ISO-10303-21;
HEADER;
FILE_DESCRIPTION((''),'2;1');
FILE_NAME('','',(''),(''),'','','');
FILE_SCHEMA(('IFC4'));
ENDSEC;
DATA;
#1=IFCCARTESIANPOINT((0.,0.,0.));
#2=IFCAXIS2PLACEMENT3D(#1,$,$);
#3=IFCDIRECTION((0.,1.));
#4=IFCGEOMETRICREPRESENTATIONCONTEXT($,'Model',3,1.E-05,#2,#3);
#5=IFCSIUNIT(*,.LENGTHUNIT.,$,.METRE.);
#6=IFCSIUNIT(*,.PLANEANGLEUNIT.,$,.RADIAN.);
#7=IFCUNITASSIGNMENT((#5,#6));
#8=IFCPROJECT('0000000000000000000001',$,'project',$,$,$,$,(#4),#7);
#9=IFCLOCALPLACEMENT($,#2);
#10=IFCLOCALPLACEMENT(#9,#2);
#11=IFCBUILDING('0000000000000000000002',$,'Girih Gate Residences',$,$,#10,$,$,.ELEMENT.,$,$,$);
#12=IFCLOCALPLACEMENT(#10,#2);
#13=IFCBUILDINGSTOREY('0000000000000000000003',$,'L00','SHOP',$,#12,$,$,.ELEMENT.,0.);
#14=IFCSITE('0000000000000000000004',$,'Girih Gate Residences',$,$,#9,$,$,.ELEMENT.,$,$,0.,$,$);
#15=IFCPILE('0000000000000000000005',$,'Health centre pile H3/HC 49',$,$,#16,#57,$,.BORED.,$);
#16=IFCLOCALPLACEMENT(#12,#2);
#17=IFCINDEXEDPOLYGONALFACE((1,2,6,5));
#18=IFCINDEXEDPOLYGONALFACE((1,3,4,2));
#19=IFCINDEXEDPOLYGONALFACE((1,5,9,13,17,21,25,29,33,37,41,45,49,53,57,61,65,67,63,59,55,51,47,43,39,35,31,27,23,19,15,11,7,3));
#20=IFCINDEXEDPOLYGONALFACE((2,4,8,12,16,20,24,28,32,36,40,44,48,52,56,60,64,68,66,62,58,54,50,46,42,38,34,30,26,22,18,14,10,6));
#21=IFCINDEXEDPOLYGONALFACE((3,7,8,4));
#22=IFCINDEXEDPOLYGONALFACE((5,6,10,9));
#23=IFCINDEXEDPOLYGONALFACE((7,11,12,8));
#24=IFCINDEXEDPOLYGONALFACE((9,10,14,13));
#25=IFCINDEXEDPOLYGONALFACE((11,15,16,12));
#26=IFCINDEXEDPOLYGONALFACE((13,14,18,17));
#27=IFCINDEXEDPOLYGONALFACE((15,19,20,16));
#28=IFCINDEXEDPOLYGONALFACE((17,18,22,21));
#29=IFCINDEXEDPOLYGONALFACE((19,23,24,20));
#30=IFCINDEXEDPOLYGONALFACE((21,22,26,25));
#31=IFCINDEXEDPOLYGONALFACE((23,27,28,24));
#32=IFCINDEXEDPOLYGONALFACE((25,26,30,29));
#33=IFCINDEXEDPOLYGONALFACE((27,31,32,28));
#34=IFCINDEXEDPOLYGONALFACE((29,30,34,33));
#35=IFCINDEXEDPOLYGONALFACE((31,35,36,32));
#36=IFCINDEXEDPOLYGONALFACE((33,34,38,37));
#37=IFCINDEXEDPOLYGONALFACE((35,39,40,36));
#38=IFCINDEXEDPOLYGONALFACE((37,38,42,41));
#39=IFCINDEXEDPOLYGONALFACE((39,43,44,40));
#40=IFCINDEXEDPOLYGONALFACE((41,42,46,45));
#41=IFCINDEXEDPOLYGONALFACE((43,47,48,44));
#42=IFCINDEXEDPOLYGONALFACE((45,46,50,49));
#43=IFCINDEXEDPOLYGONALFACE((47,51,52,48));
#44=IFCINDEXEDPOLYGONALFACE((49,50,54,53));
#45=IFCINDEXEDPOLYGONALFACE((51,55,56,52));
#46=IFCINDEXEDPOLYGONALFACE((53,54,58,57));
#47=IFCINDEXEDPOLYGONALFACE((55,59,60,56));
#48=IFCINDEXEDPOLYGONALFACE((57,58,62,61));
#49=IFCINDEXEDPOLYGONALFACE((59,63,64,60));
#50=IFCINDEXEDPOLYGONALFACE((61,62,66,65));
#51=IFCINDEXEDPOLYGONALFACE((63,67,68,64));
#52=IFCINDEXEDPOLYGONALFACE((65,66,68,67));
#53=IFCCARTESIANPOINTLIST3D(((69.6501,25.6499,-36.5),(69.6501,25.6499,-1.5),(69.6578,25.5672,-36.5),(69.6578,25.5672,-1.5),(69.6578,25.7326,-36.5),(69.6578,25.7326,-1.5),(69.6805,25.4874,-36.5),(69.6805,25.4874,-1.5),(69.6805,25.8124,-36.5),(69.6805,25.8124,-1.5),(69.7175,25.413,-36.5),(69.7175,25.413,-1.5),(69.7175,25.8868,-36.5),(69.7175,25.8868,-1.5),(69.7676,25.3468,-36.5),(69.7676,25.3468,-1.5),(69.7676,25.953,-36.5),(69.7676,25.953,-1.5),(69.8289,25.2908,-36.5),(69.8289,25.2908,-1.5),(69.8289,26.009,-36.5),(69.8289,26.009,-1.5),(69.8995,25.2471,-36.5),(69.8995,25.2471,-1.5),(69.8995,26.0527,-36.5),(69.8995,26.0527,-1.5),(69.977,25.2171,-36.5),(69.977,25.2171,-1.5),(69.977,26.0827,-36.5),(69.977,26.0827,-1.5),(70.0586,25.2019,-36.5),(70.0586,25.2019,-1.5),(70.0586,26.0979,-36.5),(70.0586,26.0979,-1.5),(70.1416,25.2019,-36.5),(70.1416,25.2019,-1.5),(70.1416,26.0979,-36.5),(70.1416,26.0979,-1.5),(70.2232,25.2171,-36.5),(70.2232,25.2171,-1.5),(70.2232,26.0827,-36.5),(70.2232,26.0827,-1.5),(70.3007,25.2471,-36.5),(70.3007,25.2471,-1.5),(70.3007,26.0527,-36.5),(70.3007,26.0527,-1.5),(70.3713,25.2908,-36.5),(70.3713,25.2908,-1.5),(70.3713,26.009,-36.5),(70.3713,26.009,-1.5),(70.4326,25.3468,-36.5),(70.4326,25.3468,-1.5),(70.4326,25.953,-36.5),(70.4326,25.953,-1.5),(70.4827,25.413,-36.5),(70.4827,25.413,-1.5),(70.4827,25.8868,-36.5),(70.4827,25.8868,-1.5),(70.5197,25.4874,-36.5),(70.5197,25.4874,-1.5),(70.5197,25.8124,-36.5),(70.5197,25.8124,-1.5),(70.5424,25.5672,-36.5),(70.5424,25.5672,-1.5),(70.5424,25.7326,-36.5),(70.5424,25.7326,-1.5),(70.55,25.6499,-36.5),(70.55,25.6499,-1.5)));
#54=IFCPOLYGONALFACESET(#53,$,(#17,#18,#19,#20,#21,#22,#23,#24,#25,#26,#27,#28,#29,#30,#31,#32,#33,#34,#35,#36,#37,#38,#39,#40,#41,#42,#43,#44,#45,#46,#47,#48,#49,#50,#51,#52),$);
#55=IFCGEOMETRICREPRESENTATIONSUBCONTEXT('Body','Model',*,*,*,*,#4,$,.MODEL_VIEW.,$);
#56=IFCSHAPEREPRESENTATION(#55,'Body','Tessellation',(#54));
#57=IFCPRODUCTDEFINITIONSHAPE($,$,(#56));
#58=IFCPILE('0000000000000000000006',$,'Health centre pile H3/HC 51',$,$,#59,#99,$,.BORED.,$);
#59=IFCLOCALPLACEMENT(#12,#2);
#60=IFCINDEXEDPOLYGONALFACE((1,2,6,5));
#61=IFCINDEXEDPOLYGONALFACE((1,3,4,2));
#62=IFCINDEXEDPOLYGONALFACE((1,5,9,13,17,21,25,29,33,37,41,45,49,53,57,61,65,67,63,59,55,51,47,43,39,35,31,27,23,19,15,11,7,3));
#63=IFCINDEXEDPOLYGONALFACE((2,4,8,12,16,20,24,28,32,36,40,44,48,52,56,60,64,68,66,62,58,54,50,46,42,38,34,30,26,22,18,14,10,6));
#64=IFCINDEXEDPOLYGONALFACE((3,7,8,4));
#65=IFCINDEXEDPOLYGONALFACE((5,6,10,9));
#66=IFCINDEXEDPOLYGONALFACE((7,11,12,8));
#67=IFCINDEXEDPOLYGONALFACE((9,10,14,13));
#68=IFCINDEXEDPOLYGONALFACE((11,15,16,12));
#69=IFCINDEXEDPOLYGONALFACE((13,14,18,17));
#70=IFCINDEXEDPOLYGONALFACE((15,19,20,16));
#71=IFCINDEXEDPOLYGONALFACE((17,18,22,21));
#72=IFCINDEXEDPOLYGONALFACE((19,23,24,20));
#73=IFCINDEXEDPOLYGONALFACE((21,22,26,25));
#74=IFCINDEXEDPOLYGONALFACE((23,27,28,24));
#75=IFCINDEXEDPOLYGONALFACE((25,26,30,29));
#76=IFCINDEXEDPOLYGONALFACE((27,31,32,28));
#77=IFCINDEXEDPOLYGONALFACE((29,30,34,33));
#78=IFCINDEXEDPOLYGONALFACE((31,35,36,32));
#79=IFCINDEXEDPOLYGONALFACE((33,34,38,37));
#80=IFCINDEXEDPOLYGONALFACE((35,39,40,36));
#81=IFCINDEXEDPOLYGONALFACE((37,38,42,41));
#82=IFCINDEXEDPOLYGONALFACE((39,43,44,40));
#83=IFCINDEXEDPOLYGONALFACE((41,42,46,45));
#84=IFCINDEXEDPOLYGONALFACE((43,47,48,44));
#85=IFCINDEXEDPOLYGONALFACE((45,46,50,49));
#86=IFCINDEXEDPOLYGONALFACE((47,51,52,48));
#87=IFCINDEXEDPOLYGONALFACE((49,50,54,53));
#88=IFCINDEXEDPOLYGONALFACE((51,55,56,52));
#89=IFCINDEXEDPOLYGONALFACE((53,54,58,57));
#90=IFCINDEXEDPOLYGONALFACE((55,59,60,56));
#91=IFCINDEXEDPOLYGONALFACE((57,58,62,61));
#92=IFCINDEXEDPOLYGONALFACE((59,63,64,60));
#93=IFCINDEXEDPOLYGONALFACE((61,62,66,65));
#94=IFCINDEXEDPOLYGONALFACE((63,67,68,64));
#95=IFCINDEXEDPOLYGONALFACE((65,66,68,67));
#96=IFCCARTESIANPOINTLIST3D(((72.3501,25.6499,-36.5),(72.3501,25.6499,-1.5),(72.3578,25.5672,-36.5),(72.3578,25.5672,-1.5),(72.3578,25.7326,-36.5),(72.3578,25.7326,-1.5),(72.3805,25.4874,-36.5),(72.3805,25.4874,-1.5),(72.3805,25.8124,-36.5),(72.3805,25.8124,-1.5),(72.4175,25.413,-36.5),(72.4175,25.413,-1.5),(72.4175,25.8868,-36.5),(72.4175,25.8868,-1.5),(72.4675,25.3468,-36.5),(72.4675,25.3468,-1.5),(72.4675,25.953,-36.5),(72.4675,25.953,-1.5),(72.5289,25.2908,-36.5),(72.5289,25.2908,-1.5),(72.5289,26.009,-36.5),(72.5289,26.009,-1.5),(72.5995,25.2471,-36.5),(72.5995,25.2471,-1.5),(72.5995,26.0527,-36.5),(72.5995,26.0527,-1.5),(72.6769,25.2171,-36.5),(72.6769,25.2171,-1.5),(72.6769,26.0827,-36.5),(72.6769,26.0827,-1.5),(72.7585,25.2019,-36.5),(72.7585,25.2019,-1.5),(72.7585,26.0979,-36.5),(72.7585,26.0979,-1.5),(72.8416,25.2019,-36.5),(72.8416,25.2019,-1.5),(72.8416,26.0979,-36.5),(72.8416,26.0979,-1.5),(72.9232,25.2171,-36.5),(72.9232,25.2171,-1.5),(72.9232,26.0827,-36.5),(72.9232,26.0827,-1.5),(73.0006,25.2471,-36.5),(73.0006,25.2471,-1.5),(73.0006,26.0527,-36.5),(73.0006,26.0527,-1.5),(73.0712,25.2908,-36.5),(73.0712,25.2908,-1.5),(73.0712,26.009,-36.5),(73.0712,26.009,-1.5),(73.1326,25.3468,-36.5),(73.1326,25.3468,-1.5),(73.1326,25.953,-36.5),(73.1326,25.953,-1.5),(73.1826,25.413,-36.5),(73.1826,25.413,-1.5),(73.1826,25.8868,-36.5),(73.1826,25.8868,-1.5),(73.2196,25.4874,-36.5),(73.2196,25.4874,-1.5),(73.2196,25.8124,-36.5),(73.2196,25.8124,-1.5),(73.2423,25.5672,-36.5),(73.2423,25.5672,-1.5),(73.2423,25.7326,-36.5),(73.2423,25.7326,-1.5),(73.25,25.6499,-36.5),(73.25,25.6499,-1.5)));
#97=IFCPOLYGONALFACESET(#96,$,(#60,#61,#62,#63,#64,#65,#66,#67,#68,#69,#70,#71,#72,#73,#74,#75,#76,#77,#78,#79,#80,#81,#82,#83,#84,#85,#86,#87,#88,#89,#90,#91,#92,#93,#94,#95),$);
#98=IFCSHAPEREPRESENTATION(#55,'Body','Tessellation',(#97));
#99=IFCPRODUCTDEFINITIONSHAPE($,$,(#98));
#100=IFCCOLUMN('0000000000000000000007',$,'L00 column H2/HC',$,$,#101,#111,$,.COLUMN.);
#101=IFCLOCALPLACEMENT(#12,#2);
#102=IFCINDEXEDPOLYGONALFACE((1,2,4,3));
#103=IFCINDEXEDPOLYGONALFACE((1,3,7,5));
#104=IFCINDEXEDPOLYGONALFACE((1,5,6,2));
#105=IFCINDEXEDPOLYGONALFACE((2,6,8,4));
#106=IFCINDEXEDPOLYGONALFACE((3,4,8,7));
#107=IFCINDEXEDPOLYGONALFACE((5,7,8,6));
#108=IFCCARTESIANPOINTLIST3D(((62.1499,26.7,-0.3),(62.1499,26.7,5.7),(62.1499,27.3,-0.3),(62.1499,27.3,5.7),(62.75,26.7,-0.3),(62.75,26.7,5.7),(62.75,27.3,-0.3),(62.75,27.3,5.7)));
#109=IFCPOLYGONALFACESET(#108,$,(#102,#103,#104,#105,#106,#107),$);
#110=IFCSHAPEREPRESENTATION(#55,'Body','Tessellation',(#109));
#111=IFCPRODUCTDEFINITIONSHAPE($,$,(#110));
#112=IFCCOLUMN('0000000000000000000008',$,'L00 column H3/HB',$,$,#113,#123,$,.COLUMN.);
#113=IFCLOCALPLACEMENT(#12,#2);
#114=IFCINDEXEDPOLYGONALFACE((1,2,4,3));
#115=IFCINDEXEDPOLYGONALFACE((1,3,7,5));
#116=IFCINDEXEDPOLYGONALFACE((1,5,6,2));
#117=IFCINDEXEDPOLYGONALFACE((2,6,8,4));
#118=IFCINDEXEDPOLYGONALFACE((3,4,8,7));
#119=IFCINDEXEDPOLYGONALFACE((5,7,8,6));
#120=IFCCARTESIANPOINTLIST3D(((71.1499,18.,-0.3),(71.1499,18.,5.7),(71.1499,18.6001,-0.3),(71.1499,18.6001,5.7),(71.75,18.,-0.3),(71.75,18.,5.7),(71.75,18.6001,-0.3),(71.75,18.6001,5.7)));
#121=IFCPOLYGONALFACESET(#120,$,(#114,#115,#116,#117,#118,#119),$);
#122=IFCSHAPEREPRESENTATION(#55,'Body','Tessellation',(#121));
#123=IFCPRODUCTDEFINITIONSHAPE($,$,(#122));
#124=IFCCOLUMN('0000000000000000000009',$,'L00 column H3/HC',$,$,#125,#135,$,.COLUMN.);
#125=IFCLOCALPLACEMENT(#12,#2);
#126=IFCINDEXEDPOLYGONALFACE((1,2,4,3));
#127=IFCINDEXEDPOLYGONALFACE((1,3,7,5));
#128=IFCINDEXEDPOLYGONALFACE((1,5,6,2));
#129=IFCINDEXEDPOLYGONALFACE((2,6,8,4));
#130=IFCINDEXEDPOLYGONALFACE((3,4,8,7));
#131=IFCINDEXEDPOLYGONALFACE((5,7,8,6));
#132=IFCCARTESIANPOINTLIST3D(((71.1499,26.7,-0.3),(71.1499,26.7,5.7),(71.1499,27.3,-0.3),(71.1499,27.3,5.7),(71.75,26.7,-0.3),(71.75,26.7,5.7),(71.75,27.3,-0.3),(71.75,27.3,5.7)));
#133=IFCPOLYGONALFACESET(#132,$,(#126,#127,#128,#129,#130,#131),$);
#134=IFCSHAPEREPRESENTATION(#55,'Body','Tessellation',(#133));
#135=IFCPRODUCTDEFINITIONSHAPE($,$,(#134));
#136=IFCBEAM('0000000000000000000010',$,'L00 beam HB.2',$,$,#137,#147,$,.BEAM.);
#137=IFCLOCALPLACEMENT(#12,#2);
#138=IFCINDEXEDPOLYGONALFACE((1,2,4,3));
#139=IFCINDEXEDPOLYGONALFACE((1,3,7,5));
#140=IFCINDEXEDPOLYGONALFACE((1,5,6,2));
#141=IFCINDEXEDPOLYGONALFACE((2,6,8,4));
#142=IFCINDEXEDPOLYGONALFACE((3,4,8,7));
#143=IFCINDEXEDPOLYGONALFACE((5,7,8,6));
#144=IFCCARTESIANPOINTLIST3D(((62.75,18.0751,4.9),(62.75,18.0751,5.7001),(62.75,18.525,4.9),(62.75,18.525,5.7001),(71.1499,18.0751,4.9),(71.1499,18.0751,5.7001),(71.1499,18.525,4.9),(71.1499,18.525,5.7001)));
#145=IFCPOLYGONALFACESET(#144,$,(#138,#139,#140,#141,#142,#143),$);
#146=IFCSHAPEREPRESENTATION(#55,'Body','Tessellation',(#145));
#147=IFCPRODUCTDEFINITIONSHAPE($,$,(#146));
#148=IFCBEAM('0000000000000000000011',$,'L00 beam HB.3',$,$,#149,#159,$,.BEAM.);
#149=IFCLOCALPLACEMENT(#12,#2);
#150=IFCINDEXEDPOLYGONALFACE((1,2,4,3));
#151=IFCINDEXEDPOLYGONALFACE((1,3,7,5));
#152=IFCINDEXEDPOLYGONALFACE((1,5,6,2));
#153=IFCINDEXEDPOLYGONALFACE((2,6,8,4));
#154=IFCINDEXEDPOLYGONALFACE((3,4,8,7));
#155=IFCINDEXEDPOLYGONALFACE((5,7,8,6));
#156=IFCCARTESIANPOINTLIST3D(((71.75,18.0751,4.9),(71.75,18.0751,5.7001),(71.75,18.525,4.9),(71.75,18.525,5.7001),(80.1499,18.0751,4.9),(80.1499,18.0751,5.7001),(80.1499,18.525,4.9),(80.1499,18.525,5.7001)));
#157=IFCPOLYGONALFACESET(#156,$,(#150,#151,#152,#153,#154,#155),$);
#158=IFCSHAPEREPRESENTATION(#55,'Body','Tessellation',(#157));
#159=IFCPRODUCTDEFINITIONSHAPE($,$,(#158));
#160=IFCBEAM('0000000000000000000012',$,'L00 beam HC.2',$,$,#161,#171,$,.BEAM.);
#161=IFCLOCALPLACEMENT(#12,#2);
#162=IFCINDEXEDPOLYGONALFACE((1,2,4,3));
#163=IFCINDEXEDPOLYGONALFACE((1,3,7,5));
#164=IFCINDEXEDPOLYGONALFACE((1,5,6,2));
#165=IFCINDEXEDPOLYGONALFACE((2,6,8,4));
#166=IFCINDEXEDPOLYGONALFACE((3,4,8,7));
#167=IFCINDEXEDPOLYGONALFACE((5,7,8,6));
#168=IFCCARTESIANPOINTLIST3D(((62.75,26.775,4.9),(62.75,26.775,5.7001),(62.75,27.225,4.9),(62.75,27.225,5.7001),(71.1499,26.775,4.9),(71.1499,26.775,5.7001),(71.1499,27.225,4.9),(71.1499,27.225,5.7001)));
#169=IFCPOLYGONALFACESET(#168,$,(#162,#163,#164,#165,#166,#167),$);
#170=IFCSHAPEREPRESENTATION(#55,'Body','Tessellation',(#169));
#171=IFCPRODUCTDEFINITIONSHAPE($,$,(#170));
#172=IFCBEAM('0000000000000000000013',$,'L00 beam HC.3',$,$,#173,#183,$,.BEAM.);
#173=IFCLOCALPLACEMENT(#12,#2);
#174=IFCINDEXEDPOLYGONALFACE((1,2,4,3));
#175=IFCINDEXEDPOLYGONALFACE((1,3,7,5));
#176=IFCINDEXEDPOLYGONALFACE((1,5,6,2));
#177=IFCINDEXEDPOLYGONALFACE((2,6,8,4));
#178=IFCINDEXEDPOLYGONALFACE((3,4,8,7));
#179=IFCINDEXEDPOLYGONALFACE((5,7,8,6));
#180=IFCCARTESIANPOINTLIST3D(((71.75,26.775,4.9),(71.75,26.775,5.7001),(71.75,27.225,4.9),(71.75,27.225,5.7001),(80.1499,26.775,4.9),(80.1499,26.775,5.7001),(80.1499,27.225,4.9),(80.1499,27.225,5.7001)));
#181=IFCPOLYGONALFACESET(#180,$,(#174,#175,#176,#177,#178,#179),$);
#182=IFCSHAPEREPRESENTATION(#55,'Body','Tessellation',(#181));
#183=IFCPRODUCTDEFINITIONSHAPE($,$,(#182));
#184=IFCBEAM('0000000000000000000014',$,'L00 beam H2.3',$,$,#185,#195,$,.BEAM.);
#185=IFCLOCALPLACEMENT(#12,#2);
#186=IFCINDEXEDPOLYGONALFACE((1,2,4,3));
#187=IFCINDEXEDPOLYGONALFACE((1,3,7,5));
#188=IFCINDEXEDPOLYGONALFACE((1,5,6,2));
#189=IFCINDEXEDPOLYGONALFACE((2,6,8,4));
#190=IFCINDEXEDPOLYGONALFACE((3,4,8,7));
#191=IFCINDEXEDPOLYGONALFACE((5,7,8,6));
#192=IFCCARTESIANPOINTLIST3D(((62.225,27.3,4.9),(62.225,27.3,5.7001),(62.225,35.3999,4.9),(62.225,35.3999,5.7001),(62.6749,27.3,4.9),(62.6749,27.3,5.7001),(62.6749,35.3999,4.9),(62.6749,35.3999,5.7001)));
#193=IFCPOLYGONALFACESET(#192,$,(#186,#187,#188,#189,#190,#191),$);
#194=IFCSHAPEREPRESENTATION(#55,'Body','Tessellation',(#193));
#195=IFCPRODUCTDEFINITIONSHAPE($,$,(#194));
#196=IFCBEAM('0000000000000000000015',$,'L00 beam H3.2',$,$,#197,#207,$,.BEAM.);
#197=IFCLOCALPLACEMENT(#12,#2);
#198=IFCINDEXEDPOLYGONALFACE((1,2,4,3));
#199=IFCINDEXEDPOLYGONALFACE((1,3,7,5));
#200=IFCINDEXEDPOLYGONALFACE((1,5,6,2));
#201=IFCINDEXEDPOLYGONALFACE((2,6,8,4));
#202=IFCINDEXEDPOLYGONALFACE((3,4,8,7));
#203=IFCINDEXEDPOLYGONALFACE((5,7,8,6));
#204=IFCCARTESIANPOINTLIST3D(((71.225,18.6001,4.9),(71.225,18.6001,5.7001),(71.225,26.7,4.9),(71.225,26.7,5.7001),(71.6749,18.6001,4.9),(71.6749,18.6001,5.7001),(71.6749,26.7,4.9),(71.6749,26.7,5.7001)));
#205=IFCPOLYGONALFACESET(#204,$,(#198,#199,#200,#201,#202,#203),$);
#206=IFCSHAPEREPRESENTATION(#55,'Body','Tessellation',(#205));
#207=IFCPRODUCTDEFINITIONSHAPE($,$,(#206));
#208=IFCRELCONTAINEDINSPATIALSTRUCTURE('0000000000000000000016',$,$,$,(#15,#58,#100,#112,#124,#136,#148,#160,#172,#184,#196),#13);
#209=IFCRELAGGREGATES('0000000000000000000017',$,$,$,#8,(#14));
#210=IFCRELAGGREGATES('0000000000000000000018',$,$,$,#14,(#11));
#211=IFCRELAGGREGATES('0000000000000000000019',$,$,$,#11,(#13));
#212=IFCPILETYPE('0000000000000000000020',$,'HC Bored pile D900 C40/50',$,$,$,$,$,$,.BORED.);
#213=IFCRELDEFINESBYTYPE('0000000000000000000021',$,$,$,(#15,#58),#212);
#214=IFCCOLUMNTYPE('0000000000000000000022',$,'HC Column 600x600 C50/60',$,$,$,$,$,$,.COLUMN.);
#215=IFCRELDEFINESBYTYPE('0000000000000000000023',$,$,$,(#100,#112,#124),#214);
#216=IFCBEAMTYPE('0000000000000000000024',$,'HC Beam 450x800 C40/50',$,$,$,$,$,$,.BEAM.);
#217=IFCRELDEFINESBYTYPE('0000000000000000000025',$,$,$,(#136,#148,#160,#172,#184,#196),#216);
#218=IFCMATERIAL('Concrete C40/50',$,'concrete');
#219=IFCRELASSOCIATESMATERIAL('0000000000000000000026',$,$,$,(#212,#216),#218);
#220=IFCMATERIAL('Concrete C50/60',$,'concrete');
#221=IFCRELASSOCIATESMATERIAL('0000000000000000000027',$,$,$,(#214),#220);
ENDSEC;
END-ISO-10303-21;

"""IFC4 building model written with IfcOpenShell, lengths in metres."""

from ifc_helpers import new_model, si_unit, direction, frame, origin, origin_2d, place, context, subcontext, project, spatial, rectangle, circle, extrude, material, material_profile, profile_set, type_object, element, save


model = new_model("IFC4")

# Units and contexts
model_context = context("Model", 3, precision=1e-05, world=origin(), true_north=direction((0.0, 1.0)))
body_context = subcontext(model_context, "Body", "Model", "MODEL_VIEW")
ifc_project = project(units=[si_unit("LENGTHUNIT", "METRE"), si_unit("PLANEANGLEUNIT", "RADIAN")], contexts=[model_context])

# Site, building, storey
site_placement = place(None, origin())
site = spatial("IfcSite", under=ifc_project, at=site_placement, Name="Girih Gate Residences", CompositionType="ELEMENT", RefElevation=0.0)
building_placement = place(site_placement, origin())
building = spatial("IfcBuilding", under=site, at=building_placement, Name="Girih Gate Residences", CompositionType="ELEMENT")
storey_placement = place(building_placement, origin())
storey = spatial("IfcBuildingStorey", under=building, at=storey_placement, Name="L00", Description="SHOP", CompositionType="ELEMENT", Elevation=0.0)

# Piles
ifc_material_1 = material(Name="Concrete C40/50", Category="concrete")
ifc_material_profile_1 = material_profile(ifc_material_1, circle(Radius=0.45, at=origin_2d()))
ifc_profile_set_1 = profile_set([ifc_material_profile_1], Name="Concrete C40/50")
pile_type = type_object("IfcPileType", Name="HC Bored pile D900 C40/50", PredefinedType="BORED", material=ifc_profile_set_1)
for number, where, z_axis, x_axis, name in (
    (1, (70.1001, 25.6499, -1.5), (0.0, 0.0, -1.0), (1.0, 0.0, 0.0), "Health centre pile H3/HC 49"),
    (2, (72.8, 25.6499, -1.5), (0.0, 0.0, -1.0), (1.0, 0.0, 0.0), "Health centre pile H3/HC 51"),
):
    element("IfcPile", number, at=place(storey_placement, frame(where, z_axis=z_axis, x_axis=x_axis)), inside=storey, type_object=pile_type, Name=name, PredefinedType="BORED", context=body_context, shape_type="SweptSolid", body=[
        extrude(circle(Radius=0.45, at=origin_2d()), origin(), (0.0, 0.0, 1.0), 35.0),
    ])

# Columns
ifc_material_2 = material(Name="Concrete C50/60", Category="concrete")
ifc_material_profile_2 = material_profile(ifc_material_2, rectangle(XDim=0.6001, YDim=0.6001, at=origin_2d()))
ifc_profile_set_2 = profile_set([ifc_material_profile_2], Name="Concrete C50/60")
column_type = type_object("IfcColumnType", Name="HC Column 600x600 C50/60", PredefinedType="COLUMN", material=ifc_profile_set_2)
for number, where, z_axis, x_axis, name in (
    (3, (62.45, 27.0, -0.3), (0.0, 0.0, 1.0), (1.0, 0.0, 0.0), "L00 column H2/HC"),
    (4, (71.45, 18.3, -0.3), (0.0, 0.0, 1.0), (1.0, 0.0, 0.0), "L00 column H3/HB"),
    (5, (71.45, 27.0, -0.3), (0.0, 0.0, 1.0), (1.0, 0.0, 0.0), "L00 column H3/HC"),
):
    element("IfcColumn", number, at=place(storey_placement, frame(where, z_axis=z_axis, x_axis=x_axis)), inside=storey, type_object=column_type, Name=name, PredefinedType="COLUMN", context=body_context, shape_type="SweptSolid", body=[
        extrude(rectangle(XDim=0.6001, YDim=0.6001, at=origin_2d()), origin(), (0.0, 0.0, 1.0), 6.0),
    ])

# Beams
ifc_material_profile_3 = material_profile(ifc_material_1, rectangle(XDim=0.45, YDim=0.8, at=origin_2d()))
ifc_profile_set_3 = profile_set([ifc_material_profile_3], Name="Concrete C40/50")
beam_type = type_object("IfcBeamType", Name="HC Beam 450x800 C40/50", PredefinedType="BEAM", material=ifc_profile_set_3)
for number, where, z_axis, x_axis, name in (
    (6, (62.75, 18.3, 5.3), (1.0, 0.0, 0.0), (0.0, 1.0, 0.0), "L00 beam HB.2"),
    (7, (71.75, 18.3, 5.3), (1.0, 0.0, 0.0), (0.0, 1.0, 0.0), "L00 beam HB.3"),
    (8, (62.75, 27.0, 5.3), (1.0, 0.0, 0.0), (0.0, 1.0, 0.0), "L00 beam HC.2"),
    (9, (71.75, 27.0, 5.3), (1.0, 0.0, 0.0), (0.0, 1.0, 0.0), "L00 beam HC.3"),
):
    element("IfcBeam", number, at=place(storey_placement, frame(where, z_axis=z_axis, x_axis=x_axis)), inside=storey, type_object=beam_type, Name=name, PredefinedType="BEAM", context=body_context, shape_type="SweptSolid", body=[
        extrude(rectangle(XDim=0.45, YDim=0.8, at=origin_2d()), origin(), (0.0, 0.0, 1.0), 8.3999),
    ])
for number, where, z_axis, x_axis, name in (
    (10, (62.45, 27.3, 5.3), (0.0, 1.0, 0.0), (-1.0, 0.0, 0.0), "L00 beam H2.3"),
    (11, (71.45, 18.6001, 5.3), (0.0, 1.0, 0.0), (-1.0, 0.0, 0.0), "L00 beam H3.2"),
):
    element("IfcBeam", number, at=place(storey_placement, frame(where, z_axis=z_axis, x_axis=x_axis)), inside=storey, type_object=beam_type, Name=name, PredefinedType="BEAM", context=body_context, shape_type="SweptSolid", body=[
        extrude(rectangle(XDim=0.45, YDim=0.8, at=origin_2d()), origin(), (0.0, 0.0, 1.0), 8.0999),
    ])

save(model, "model.ifc")
